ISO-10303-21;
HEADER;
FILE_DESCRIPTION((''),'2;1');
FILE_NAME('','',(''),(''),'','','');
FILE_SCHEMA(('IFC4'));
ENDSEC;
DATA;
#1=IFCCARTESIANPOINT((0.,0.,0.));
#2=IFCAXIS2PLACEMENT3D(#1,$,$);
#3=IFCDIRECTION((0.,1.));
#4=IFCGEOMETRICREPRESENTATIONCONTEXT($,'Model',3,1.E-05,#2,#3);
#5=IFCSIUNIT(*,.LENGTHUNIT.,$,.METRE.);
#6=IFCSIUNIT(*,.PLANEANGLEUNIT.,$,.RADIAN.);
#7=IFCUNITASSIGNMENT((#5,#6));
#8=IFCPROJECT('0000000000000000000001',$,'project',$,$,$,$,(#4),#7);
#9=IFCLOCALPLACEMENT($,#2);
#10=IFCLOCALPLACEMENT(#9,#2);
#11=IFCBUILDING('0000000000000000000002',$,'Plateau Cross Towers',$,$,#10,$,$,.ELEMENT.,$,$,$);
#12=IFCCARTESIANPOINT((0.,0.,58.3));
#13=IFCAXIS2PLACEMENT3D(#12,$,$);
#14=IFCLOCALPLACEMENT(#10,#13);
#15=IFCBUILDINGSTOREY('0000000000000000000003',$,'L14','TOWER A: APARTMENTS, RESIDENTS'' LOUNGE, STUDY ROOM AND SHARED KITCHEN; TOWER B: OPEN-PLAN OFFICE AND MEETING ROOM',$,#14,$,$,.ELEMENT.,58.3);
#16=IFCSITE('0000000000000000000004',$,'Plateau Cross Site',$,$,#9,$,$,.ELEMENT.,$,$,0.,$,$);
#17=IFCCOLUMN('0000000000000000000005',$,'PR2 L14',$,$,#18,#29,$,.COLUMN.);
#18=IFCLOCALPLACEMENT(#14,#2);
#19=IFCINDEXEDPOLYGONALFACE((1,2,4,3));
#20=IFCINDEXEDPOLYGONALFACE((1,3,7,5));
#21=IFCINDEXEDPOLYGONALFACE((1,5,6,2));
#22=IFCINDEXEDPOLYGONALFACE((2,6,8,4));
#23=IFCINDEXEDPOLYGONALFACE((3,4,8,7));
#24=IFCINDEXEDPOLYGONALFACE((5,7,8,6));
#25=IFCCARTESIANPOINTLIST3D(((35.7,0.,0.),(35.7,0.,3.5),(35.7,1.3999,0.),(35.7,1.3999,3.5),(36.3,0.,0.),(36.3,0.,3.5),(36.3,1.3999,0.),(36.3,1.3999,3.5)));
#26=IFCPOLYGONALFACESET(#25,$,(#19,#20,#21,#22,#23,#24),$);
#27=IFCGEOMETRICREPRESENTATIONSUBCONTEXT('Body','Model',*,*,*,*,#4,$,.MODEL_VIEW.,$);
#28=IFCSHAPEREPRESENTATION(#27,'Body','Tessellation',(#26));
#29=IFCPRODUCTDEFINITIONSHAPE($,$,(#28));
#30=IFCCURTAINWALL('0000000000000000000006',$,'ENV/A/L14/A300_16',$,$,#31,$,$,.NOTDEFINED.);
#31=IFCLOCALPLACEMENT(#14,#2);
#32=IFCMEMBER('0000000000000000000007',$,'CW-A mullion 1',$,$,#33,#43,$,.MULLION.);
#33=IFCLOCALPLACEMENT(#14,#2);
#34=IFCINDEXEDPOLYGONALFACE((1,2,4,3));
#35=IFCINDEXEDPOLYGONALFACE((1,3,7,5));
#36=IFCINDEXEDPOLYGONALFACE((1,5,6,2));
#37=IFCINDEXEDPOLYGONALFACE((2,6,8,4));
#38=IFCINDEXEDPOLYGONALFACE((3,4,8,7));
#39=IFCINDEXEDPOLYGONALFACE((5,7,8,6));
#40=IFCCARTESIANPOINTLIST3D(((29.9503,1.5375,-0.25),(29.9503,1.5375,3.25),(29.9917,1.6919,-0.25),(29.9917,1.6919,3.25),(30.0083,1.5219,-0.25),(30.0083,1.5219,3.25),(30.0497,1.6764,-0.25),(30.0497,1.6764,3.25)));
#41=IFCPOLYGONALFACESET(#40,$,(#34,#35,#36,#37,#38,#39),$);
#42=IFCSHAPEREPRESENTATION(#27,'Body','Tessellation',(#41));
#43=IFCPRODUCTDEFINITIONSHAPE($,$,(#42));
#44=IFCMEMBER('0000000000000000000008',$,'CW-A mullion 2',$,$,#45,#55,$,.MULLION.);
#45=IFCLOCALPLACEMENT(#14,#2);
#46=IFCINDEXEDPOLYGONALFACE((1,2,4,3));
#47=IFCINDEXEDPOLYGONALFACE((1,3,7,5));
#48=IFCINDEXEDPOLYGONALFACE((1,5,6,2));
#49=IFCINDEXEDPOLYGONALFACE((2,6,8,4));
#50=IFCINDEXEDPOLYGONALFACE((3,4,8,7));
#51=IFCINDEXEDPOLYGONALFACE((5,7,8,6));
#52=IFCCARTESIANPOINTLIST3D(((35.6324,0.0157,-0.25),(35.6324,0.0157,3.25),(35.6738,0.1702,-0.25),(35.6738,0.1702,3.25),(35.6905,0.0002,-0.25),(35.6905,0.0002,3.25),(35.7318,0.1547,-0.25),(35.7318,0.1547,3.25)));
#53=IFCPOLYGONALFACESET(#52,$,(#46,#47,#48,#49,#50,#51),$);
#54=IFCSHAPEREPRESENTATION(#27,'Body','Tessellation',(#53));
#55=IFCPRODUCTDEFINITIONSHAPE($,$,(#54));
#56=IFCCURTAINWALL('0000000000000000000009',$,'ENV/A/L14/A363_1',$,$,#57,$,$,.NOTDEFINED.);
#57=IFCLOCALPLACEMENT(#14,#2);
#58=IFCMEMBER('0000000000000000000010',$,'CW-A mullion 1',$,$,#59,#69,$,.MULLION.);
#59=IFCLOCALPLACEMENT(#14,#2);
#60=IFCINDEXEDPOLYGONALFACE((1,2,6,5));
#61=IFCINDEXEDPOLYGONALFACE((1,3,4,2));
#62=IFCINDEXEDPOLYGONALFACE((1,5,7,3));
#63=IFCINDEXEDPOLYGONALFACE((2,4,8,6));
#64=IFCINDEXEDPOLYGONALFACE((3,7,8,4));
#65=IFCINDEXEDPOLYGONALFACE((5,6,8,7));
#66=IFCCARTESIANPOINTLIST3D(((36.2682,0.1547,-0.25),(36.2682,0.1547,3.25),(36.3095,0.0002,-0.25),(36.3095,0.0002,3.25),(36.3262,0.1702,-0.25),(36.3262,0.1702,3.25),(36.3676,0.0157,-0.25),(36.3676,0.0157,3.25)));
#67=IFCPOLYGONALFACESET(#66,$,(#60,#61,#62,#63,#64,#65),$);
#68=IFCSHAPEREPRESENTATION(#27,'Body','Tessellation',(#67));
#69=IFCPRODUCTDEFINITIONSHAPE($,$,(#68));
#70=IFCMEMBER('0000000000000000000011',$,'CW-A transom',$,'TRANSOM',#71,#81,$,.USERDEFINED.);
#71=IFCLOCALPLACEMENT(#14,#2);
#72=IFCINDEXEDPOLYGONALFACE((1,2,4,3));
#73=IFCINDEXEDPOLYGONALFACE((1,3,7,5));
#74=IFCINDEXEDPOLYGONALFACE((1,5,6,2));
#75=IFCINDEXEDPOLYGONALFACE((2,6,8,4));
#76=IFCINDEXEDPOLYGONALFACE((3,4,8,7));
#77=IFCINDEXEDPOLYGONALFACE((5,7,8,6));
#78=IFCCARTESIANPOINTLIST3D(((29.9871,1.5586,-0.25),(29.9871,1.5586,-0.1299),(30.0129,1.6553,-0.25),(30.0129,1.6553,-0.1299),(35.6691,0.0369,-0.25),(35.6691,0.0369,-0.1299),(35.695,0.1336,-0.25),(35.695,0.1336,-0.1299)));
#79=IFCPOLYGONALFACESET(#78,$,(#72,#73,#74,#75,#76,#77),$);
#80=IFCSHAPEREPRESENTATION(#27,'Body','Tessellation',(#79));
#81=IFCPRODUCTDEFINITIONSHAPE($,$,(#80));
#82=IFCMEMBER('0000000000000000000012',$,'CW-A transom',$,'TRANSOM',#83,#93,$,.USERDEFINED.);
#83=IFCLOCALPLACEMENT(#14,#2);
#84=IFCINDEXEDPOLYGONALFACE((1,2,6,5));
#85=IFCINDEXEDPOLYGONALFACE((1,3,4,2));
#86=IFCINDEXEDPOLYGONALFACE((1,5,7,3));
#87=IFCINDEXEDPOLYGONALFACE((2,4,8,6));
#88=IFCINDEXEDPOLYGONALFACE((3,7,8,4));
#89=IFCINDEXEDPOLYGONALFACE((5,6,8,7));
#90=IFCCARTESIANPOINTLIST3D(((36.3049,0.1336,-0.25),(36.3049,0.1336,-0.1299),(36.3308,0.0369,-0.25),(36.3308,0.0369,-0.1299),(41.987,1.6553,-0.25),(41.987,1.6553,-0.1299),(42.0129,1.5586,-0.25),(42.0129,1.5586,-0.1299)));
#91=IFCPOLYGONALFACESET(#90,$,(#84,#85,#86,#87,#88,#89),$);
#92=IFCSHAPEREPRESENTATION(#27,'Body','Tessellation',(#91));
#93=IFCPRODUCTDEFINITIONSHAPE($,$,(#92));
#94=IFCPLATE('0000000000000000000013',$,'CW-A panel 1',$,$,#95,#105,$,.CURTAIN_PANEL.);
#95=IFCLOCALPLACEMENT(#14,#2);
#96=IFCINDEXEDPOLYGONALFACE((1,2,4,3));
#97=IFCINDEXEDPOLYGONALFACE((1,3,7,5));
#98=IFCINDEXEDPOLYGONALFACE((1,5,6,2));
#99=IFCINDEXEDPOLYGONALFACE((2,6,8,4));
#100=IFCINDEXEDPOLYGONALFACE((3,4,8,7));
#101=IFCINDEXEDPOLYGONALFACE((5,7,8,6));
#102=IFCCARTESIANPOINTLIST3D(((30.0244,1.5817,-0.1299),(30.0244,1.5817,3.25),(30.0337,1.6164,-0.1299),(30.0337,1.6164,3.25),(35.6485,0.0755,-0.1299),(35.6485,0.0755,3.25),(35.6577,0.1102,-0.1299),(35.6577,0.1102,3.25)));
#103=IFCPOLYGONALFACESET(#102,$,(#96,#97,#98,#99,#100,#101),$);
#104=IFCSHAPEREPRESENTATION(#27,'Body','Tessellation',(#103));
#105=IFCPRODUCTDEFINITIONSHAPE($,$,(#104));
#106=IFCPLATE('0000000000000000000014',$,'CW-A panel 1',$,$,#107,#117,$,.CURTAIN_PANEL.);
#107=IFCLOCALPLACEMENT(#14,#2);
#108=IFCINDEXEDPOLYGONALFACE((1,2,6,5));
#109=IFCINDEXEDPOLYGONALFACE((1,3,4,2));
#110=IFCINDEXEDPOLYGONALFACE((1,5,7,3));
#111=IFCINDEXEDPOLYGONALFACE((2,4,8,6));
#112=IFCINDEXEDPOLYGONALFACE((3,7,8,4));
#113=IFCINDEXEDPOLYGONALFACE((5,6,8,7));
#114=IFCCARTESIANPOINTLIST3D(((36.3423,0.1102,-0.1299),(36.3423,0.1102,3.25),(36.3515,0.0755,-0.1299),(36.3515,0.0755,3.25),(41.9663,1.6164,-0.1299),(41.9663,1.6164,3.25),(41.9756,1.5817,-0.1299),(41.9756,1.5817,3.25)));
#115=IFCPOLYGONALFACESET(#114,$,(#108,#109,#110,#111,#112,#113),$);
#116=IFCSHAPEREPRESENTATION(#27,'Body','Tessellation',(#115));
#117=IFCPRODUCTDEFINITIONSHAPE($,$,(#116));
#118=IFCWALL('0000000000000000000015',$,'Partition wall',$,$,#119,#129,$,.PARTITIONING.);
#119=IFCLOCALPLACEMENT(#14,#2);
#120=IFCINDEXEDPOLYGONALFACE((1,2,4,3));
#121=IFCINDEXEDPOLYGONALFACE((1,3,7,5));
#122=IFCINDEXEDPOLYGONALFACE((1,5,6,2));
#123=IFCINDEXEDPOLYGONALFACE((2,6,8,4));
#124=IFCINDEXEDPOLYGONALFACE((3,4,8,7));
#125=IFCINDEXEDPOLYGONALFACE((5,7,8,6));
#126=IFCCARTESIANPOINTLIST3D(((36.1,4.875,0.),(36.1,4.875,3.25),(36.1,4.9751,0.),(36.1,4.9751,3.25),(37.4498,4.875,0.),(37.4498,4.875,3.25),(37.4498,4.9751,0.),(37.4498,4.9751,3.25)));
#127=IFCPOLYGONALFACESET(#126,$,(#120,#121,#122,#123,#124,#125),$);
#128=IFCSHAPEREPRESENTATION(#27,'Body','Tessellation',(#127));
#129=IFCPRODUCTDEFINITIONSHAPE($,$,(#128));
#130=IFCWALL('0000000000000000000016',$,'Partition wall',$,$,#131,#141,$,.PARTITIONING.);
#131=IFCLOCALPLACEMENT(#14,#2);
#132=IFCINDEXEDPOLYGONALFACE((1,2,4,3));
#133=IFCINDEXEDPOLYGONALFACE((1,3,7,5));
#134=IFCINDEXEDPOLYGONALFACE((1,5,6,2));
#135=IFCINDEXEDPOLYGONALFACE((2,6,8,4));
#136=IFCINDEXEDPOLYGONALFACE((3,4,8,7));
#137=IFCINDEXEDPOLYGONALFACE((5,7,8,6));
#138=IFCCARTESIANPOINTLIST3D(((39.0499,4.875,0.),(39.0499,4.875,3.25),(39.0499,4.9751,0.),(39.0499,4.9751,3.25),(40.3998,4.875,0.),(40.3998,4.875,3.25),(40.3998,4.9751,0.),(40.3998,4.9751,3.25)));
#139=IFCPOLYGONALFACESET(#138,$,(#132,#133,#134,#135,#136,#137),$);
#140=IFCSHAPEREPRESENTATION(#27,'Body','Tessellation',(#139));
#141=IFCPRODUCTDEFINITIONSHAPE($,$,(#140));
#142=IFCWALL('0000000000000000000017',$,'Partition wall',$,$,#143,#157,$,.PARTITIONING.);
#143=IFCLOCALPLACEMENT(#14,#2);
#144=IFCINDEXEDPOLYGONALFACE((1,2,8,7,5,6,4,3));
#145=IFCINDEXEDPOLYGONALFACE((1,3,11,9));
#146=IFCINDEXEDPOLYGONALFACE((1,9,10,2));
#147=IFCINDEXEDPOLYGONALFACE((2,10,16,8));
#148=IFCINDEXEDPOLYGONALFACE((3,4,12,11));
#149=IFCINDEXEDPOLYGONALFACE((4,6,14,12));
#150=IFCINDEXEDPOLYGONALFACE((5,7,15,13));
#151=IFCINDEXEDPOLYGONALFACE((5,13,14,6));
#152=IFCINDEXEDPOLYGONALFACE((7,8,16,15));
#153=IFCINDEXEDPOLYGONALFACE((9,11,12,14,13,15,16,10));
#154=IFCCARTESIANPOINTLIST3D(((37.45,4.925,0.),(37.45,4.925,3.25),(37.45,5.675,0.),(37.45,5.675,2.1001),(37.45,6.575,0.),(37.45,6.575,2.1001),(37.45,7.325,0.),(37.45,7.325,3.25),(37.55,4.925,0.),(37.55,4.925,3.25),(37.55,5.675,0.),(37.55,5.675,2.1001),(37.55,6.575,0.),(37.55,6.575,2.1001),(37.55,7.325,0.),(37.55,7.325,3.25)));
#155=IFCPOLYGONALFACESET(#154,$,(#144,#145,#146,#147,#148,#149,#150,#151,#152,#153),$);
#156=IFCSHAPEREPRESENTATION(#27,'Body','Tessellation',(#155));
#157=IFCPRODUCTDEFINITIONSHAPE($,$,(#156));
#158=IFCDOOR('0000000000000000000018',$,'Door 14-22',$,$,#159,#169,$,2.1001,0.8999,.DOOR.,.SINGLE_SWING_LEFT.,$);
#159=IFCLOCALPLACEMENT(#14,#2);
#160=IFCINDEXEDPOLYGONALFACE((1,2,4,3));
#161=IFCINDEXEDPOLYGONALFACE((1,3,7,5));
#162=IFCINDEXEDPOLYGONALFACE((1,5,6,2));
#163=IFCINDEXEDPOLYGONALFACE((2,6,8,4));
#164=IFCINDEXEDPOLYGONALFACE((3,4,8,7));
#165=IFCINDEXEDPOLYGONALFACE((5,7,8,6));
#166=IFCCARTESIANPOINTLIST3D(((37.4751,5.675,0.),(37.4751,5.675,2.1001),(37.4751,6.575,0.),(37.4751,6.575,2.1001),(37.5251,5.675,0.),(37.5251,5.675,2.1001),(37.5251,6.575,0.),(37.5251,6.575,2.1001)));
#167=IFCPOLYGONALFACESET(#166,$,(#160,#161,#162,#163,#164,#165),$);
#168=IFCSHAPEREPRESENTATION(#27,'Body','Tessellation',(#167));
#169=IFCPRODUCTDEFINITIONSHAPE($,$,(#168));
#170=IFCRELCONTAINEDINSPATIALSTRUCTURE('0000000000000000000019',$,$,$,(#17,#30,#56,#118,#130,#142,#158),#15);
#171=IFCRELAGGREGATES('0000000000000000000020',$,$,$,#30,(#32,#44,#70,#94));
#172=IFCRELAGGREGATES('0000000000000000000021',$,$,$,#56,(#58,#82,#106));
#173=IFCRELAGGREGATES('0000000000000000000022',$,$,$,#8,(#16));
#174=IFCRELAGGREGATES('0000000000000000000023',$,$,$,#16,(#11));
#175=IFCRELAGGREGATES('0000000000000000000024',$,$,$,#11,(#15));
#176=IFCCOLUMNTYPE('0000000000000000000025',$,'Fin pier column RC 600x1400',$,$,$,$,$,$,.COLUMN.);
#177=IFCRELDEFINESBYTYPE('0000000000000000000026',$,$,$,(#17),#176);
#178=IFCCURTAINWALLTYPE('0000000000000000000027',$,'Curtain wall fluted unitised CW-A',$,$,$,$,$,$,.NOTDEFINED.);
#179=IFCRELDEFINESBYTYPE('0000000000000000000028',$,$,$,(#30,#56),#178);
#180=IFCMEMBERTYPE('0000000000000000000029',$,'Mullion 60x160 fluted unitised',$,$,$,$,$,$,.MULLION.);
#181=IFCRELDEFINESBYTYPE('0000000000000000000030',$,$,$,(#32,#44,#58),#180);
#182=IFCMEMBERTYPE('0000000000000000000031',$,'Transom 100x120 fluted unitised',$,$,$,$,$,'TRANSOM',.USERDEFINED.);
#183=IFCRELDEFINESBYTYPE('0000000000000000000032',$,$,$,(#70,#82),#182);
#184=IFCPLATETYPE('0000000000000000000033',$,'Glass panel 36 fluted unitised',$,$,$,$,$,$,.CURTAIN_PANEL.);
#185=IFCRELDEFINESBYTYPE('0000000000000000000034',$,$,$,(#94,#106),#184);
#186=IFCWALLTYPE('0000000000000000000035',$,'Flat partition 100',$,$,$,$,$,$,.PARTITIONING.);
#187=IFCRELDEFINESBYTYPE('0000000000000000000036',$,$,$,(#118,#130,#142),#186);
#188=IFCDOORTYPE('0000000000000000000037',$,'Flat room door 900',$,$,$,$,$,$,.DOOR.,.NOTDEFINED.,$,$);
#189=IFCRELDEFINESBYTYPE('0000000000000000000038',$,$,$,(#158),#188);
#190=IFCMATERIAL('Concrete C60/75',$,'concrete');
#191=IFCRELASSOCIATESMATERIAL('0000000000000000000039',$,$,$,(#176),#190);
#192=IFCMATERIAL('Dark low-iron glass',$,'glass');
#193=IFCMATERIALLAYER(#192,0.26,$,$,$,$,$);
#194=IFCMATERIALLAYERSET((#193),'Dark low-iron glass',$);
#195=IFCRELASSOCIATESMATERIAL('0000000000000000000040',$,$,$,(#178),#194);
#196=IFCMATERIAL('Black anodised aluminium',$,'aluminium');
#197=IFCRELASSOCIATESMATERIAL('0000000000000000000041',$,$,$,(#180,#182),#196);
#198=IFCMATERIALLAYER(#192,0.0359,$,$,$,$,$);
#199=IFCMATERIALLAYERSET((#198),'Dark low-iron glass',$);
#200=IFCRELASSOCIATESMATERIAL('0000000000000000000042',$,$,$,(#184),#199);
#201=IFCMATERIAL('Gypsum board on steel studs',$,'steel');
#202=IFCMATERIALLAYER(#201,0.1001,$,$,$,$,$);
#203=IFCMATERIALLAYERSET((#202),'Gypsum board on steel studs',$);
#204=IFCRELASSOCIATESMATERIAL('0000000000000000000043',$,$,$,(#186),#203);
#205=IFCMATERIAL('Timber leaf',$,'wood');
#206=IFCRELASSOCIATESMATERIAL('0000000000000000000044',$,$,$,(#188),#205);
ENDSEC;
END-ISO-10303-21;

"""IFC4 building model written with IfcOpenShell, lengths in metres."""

from ifc_helpers import new_model, si_unit, direction, frame, frame_2d, origin, origin_2d, place, context, subcontext, project, spatial, rectangle, extrude, material, layer, layer_set, material_profile, profile_set, type_object, element, fill, aggregate, save


model = new_model("IFC4")

# Units and contexts
model_context = context("Model", 3, precision=1e-05, world=origin(), true_north=direction((0.0, 1.0)))
body_context = subcontext(model_context, "Body", "Model", "MODEL_VIEW")
ifc_project = project(units=[si_unit("LENGTHUNIT", "METRE"), si_unit("PLANEANGLEUNIT", "RADIAN")], contexts=[model_context])

# Site, building, storey
site_placement = place(None, origin())
site = spatial("IfcSite", under=ifc_project, at=site_placement, Name="Plateau Cross Site", CompositionType="ELEMENT", RefElevation=0.0)
building_placement = place(site_placement, origin())
building = spatial("IfcBuilding", under=site, at=building_placement, Name="Plateau Cross Towers", CompositionType="ELEMENT")
storey_placement = place(building_placement, frame((0.0, 0.0, 58.3)))
storey = spatial("IfcBuildingStorey", under=building, at=storey_placement, Name="L14", Description="TOWER A: APARTMENTS, RESIDENTS' LOUNGE, STUDY ROOM AND SHARED KITCHEN; TOWER B: OPEN-PLAN OFFICE AND MEETING ROOM", CompositionType="ELEMENT", Elevation=58.3)

# Column
ifc_material_1 = material(Name="Concrete C60/75", Category="concrete")
ifc_material_profile_1 = material_profile(ifc_material_1, rectangle(XDim=0.6001, YDim=1.3999, at=origin_2d()), Name="RC 600x1400")
ifc_profile_set_1 = profile_set([ifc_material_profile_1], Name="Concrete C60/75")
column_type = type_object("IfcColumnType", Name="Fin pier column RC 600x1400", PredefinedType="COLUMN", material=ifc_profile_set_1)
column_placement = place(storey_placement, frame((36.0, 0.7, 0.0), z_axis=(0.0, 0.0, 1.0), x_axis=(1.0, 0.0, 0.0)))
element("IfcColumn", 1, at=column_placement, inside=storey, type_object=column_type, Name="PR2 L14", PredefinedType="COLUMN", context=body_context, shape_type="SweptSolid", body=[
    extrude(rectangle(XDim=0.6001, YDim=1.3999, at=origin_2d()), origin(), (0.0, 0.0, 1.0), 3.5),
])

# Curtain wall, members
ifc_material_2 = material(Name="Dark low-iron glass", Category="glass")
ifc_layer_1 = layer(ifc_material_2, 0.26)
ifc_layer_set_1 = layer_set([ifc_layer_1], Name="Dark low-iron glass")
curtain_wall_type = type_object("IfcCurtainWallType", Name="Curtain wall fluted unitised CW-A", PredefinedType="NOTDEFINED", material=ifc_layer_set_1)
curtain_wall_1_placement = place(storey_placement, origin())
curtain_wall_1 = element("IfcCurtainWall", 2, at=curtain_wall_1_placement, inside=storey, type_object=curtain_wall_type, Name="ENV/A/L14/A300_16", PredefinedType="NOTDEFINED")
ifc_material_3 = material(Name="Black anodised aluminium", Category="aluminium")
ifc_material_profile_2 = material_profile(ifc_material_3, rectangle(XDim=0.0601, YDim=0.1599, at=origin_2d()), Name="MULLION 60x160")
ifc_profile_set_2 = profile_set([ifc_material_profile_2], Name="Black anodised aluminium")
member_type_1 = type_object("IfcMemberType", Name="Mullion 60x160 fluted unitised", PredefinedType="MULLION", material=ifc_profile_set_2)
member_1_placement = place(storey_placement, frame((30.0, 1.6069, -0.25), z_axis=(0.0, 0.0, 1.0), x_axis=(0.965958, -0.258699, 0.0)))
member_1 = element("IfcMember", 3, at=member_1_placement, type_object=member_type_1, Name="CW-A mullion 1", PredefinedType="MULLION", context=body_context, shape_type="SweptSolid", body=[
    extrude(rectangle(XDim=0.0601, YDim=0.1599, at=origin_2d()), origin(), (0.0, 0.0, 1.0), 3.5),
])
member_2_placement = place(storey_placement, frame((35.6821, 0.0852, -0.25), z_axis=(0.0, 0.0, 1.0), x_axis=(0.965958, -0.258699, 0.0)))
member_2 = element("IfcMember", 4, at=member_2_placement, type_object=member_type_1, Name="CW-A mullion 2", PredefinedType="MULLION", context=body_context, shape_type="SweptSolid", body=[
    extrude(rectangle(XDim=0.0601, YDim=0.1599, at=origin_2d()), origin(), (0.0, 0.0, 1.0), 3.5),
])

# Curtain wall, member
curtain_wall_2_placement = place(storey_placement, origin())
curtain_wall_2 = element("IfcCurtainWall", 5, at=curtain_wall_2_placement, inside=storey, type_object=curtain_wall_type, Name="ENV/A/L14/A363_1", PredefinedType="NOTDEFINED")
member_3_placement = place(storey_placement, frame((36.3179, 0.0852, -0.25), z_axis=(0.0, 0.0, 1.0), x_axis=(0.965958, 0.258699, 0.0)))
member_3 = element("IfcMember", 6, at=member_3_placement, type_object=member_type_1, Name="CW-A mullion 1", PredefinedType="MULLION", context=body_context, shape_type="SweptSolid", body=[
    extrude(rectangle(XDim=0.0601, YDim=0.1599, at=origin_2d()), origin(), (0.0, 0.0, 1.0), 3.5),
])

# Members
ifc_material_profile_3 = material_profile(ifc_material_3, rectangle(XDim=0.1001, YDim=0.1201, at=origin_2d()), Name="TRANSOM 100x120")
ifc_profile_set_3 = profile_set([ifc_material_profile_3], Name="Black anodised aluminium")
member_type_2 = type_object("IfcMemberType", Name="Transom 100x120 fluted unitised", ElementType="TRANSOM", PredefinedType="USERDEFINED", material=ifc_profile_set_3)
member_4_placement = place(storey_placement, frame((30.0, 1.6069, -0.1899), z_axis=(0.96596, -0.258693, 0.0), x_axis=(0.258693, 0.96596, 0.0)))
member_4 = element("IfcMember", 7, at=member_4_placement, type_object=member_type_2, Name="CW-A transom", ObjectType="TRANSOM", PredefinedType="USERDEFINED", context=body_context, shape_type="SweptSolid", body=[
    extrude(rectangle(XDim=0.1001, YDim=0.1201, at=origin_2d()), origin(), (0.0, 0.0, 1.0), 5.8823),
])
member_5_placement = place(storey_placement, frame((36.3179, 0.0852, -0.1899), z_axis=(0.96596, 0.258693, 0.0), x_axis=(-0.258693, 0.96596, 0.0)))
member_5 = element("IfcMember", 8, at=member_5_placement, type_object=member_type_2, Name="CW-A transom", ObjectType="TRANSOM", PredefinedType="USERDEFINED", context=body_context, shape_type="SweptSolid", body=[
    extrude(rectangle(XDim=0.1001, YDim=0.1201, at=origin_2d()), origin(), (0.0, 0.0, 1.0), 5.8823),
])

# Plates
ifc_layer_2 = layer(ifc_material_2, 0.0359)
ifc_layer_set_2 = layer_set([ifc_layer_2], Name="Dark low-iron glass")
plate_type = type_object("IfcPlateType", Name="Glass panel 36 fluted unitised", PredefinedType="CURTAIN_PANEL", material=ifc_layer_set_2)
plate_1_placement = place(storey_placement, frame((32.8411, 0.8459, -0.1299), z_axis=(0.0, 0.0, 1.0), x_axis=(0.965958, -0.258699, 0.0)))
plate_1 = element("IfcPlate", 9, at=plate_1_placement, type_object=plate_type, Name="CW-A panel 1", PredefinedType="CURTAIN_PANEL", context=body_context, shape_type="SweptSolid", body=[
    extrude(rectangle(XDim=5.8223, YDim=0.0359, at=origin_2d()), origin(), (0.0, 0.0, 1.0), 3.3799),
])
aggregate(curtain_wall_1, [member_1, member_2, member_4, plate_1])
plate_2_placement = place(storey_placement, frame((39.1589, 0.8459, -0.1299), z_axis=(0.0, 0.0, 1.0), x_axis=(0.965958, 0.258699, 0.0)))
plate_2 = element("IfcPlate", 10, at=plate_2_placement, type_object=plate_type, Name="CW-A panel 1", PredefinedType="CURTAIN_PANEL", context=body_context, shape_type="SweptSolid", body=[
    extrude(rectangle(XDim=5.8223, YDim=0.0359, at=origin_2d()), origin(), (0.0, 0.0, 1.0), 3.3799),
])
aggregate(curtain_wall_2, [member_3, member_5, plate_2])

# Walls
ifc_material_4 = material(Name="Gypsum board on steel studs", Category="steel")
ifc_layer_3 = layer(ifc_material_4, 0.1001)
ifc_layer_set_3 = layer_set([ifc_layer_3], Name="Gypsum board on steel studs")
wall_type_1 = type_object("IfcWallType", Name="Flat partition 100", PredefinedType="PARTITIONING", material=ifc_layer_set_3)
for number, where, z_axis, x_axis, name in (
    (11, (36.1001, 4.925, 0.0), (0.0, 0.0, 1.0), (1.0, 0.0, 0.0), "Partition wall"),
    (12, (39.05, 4.925, 0.0), (0.0, 0.0, 1.0), (1.0, 0.0, 0.0), "Partition wall"),
):
    element("IfcWall", number, at=place(storey_placement, frame(where, z_axis=z_axis, x_axis=x_axis)), inside=storey, type_object=wall_type_1, Name=name, PredefinedType="PARTITIONING", context=body_context, shape_type="SweptSolid", body=[
        extrude(rectangle(XDim=1.3499, YDim=0.1001, at=frame_2d((0.6748, 0.0))), origin(), (0.0, 0.0, 1.0), 3.25),
    ])

# Wall, opening, door
wall_1_placement = place(storey_placement, frame((37.5, 4.925, 0.0), z_axis=(0.0, 0.0, 1.0), x_axis=(0.0, 1.0, 0.0)))
wall_1 = element("IfcWall", 13, at=wall_1_placement, inside=storey, type_object=wall_type_1, Name="Partition wall", PredefinedType="PARTITIONING", context=body_context, shape_type="SweptSolid", body=[
    extrude(rectangle(XDim=2.3999, YDim=0.1001, at=frame_2d((1.2, 0.0))), origin(), (0.0, 0.0, 1.0), 3.25),
])
opening_1_placement = place(wall_1_placement, frame((0.75, 0.0, 0.0)))
opening_1 = element("IfcOpeningElement", 14, at=opening_1_placement, cuts=wall_1, PredefinedType="OPENING", context=body_context, shape_type="SweptSolid", body=[
    extrude(rectangle(XDim=0.8999, YDim=2.1001, at=frame_2d((0.45, 1.05))), frame((0.0, 0.0601, 0.0), z_axis=(0.0, -1.0, 0.0), x_axis=(1.0, 0.0, 0.0)), (0.0, 0.0, 1.0), 0.1201),
])
ifc_material_5 = material(Name="Timber leaf", Category="wood")
door_type = type_object("IfcDoorType", Name="Flat room door 900", OperationType="NOTDEFINED", PredefinedType="DOOR", material=ifc_material_5)
door_1_placement = place(opening_1_placement, origin())
door_1 = element("IfcDoor", 15, at=door_1_placement, inside=storey, type_object=door_type, Name="Door 14-22", OperationType="SINGLE_SWING_LEFT", OverallHeight=2.1001, OverallWidth=0.8999, PredefinedType="DOOR", context=body_context, shape_type="SweptSolid", body=[
    extrude(rectangle(XDim=0.8999, YDim=2.1001, at=frame_2d((0.45, 1.05))), frame((0.0, 0.0249, 0.0), z_axis=(0.0, -1.0, 0.0), x_axis=(1.0, 0.0, 0.0)), (0.0, 0.0, 1.0), 0.05),
])
fill(opening_1, door_1)

save(model, "model.ifc")
